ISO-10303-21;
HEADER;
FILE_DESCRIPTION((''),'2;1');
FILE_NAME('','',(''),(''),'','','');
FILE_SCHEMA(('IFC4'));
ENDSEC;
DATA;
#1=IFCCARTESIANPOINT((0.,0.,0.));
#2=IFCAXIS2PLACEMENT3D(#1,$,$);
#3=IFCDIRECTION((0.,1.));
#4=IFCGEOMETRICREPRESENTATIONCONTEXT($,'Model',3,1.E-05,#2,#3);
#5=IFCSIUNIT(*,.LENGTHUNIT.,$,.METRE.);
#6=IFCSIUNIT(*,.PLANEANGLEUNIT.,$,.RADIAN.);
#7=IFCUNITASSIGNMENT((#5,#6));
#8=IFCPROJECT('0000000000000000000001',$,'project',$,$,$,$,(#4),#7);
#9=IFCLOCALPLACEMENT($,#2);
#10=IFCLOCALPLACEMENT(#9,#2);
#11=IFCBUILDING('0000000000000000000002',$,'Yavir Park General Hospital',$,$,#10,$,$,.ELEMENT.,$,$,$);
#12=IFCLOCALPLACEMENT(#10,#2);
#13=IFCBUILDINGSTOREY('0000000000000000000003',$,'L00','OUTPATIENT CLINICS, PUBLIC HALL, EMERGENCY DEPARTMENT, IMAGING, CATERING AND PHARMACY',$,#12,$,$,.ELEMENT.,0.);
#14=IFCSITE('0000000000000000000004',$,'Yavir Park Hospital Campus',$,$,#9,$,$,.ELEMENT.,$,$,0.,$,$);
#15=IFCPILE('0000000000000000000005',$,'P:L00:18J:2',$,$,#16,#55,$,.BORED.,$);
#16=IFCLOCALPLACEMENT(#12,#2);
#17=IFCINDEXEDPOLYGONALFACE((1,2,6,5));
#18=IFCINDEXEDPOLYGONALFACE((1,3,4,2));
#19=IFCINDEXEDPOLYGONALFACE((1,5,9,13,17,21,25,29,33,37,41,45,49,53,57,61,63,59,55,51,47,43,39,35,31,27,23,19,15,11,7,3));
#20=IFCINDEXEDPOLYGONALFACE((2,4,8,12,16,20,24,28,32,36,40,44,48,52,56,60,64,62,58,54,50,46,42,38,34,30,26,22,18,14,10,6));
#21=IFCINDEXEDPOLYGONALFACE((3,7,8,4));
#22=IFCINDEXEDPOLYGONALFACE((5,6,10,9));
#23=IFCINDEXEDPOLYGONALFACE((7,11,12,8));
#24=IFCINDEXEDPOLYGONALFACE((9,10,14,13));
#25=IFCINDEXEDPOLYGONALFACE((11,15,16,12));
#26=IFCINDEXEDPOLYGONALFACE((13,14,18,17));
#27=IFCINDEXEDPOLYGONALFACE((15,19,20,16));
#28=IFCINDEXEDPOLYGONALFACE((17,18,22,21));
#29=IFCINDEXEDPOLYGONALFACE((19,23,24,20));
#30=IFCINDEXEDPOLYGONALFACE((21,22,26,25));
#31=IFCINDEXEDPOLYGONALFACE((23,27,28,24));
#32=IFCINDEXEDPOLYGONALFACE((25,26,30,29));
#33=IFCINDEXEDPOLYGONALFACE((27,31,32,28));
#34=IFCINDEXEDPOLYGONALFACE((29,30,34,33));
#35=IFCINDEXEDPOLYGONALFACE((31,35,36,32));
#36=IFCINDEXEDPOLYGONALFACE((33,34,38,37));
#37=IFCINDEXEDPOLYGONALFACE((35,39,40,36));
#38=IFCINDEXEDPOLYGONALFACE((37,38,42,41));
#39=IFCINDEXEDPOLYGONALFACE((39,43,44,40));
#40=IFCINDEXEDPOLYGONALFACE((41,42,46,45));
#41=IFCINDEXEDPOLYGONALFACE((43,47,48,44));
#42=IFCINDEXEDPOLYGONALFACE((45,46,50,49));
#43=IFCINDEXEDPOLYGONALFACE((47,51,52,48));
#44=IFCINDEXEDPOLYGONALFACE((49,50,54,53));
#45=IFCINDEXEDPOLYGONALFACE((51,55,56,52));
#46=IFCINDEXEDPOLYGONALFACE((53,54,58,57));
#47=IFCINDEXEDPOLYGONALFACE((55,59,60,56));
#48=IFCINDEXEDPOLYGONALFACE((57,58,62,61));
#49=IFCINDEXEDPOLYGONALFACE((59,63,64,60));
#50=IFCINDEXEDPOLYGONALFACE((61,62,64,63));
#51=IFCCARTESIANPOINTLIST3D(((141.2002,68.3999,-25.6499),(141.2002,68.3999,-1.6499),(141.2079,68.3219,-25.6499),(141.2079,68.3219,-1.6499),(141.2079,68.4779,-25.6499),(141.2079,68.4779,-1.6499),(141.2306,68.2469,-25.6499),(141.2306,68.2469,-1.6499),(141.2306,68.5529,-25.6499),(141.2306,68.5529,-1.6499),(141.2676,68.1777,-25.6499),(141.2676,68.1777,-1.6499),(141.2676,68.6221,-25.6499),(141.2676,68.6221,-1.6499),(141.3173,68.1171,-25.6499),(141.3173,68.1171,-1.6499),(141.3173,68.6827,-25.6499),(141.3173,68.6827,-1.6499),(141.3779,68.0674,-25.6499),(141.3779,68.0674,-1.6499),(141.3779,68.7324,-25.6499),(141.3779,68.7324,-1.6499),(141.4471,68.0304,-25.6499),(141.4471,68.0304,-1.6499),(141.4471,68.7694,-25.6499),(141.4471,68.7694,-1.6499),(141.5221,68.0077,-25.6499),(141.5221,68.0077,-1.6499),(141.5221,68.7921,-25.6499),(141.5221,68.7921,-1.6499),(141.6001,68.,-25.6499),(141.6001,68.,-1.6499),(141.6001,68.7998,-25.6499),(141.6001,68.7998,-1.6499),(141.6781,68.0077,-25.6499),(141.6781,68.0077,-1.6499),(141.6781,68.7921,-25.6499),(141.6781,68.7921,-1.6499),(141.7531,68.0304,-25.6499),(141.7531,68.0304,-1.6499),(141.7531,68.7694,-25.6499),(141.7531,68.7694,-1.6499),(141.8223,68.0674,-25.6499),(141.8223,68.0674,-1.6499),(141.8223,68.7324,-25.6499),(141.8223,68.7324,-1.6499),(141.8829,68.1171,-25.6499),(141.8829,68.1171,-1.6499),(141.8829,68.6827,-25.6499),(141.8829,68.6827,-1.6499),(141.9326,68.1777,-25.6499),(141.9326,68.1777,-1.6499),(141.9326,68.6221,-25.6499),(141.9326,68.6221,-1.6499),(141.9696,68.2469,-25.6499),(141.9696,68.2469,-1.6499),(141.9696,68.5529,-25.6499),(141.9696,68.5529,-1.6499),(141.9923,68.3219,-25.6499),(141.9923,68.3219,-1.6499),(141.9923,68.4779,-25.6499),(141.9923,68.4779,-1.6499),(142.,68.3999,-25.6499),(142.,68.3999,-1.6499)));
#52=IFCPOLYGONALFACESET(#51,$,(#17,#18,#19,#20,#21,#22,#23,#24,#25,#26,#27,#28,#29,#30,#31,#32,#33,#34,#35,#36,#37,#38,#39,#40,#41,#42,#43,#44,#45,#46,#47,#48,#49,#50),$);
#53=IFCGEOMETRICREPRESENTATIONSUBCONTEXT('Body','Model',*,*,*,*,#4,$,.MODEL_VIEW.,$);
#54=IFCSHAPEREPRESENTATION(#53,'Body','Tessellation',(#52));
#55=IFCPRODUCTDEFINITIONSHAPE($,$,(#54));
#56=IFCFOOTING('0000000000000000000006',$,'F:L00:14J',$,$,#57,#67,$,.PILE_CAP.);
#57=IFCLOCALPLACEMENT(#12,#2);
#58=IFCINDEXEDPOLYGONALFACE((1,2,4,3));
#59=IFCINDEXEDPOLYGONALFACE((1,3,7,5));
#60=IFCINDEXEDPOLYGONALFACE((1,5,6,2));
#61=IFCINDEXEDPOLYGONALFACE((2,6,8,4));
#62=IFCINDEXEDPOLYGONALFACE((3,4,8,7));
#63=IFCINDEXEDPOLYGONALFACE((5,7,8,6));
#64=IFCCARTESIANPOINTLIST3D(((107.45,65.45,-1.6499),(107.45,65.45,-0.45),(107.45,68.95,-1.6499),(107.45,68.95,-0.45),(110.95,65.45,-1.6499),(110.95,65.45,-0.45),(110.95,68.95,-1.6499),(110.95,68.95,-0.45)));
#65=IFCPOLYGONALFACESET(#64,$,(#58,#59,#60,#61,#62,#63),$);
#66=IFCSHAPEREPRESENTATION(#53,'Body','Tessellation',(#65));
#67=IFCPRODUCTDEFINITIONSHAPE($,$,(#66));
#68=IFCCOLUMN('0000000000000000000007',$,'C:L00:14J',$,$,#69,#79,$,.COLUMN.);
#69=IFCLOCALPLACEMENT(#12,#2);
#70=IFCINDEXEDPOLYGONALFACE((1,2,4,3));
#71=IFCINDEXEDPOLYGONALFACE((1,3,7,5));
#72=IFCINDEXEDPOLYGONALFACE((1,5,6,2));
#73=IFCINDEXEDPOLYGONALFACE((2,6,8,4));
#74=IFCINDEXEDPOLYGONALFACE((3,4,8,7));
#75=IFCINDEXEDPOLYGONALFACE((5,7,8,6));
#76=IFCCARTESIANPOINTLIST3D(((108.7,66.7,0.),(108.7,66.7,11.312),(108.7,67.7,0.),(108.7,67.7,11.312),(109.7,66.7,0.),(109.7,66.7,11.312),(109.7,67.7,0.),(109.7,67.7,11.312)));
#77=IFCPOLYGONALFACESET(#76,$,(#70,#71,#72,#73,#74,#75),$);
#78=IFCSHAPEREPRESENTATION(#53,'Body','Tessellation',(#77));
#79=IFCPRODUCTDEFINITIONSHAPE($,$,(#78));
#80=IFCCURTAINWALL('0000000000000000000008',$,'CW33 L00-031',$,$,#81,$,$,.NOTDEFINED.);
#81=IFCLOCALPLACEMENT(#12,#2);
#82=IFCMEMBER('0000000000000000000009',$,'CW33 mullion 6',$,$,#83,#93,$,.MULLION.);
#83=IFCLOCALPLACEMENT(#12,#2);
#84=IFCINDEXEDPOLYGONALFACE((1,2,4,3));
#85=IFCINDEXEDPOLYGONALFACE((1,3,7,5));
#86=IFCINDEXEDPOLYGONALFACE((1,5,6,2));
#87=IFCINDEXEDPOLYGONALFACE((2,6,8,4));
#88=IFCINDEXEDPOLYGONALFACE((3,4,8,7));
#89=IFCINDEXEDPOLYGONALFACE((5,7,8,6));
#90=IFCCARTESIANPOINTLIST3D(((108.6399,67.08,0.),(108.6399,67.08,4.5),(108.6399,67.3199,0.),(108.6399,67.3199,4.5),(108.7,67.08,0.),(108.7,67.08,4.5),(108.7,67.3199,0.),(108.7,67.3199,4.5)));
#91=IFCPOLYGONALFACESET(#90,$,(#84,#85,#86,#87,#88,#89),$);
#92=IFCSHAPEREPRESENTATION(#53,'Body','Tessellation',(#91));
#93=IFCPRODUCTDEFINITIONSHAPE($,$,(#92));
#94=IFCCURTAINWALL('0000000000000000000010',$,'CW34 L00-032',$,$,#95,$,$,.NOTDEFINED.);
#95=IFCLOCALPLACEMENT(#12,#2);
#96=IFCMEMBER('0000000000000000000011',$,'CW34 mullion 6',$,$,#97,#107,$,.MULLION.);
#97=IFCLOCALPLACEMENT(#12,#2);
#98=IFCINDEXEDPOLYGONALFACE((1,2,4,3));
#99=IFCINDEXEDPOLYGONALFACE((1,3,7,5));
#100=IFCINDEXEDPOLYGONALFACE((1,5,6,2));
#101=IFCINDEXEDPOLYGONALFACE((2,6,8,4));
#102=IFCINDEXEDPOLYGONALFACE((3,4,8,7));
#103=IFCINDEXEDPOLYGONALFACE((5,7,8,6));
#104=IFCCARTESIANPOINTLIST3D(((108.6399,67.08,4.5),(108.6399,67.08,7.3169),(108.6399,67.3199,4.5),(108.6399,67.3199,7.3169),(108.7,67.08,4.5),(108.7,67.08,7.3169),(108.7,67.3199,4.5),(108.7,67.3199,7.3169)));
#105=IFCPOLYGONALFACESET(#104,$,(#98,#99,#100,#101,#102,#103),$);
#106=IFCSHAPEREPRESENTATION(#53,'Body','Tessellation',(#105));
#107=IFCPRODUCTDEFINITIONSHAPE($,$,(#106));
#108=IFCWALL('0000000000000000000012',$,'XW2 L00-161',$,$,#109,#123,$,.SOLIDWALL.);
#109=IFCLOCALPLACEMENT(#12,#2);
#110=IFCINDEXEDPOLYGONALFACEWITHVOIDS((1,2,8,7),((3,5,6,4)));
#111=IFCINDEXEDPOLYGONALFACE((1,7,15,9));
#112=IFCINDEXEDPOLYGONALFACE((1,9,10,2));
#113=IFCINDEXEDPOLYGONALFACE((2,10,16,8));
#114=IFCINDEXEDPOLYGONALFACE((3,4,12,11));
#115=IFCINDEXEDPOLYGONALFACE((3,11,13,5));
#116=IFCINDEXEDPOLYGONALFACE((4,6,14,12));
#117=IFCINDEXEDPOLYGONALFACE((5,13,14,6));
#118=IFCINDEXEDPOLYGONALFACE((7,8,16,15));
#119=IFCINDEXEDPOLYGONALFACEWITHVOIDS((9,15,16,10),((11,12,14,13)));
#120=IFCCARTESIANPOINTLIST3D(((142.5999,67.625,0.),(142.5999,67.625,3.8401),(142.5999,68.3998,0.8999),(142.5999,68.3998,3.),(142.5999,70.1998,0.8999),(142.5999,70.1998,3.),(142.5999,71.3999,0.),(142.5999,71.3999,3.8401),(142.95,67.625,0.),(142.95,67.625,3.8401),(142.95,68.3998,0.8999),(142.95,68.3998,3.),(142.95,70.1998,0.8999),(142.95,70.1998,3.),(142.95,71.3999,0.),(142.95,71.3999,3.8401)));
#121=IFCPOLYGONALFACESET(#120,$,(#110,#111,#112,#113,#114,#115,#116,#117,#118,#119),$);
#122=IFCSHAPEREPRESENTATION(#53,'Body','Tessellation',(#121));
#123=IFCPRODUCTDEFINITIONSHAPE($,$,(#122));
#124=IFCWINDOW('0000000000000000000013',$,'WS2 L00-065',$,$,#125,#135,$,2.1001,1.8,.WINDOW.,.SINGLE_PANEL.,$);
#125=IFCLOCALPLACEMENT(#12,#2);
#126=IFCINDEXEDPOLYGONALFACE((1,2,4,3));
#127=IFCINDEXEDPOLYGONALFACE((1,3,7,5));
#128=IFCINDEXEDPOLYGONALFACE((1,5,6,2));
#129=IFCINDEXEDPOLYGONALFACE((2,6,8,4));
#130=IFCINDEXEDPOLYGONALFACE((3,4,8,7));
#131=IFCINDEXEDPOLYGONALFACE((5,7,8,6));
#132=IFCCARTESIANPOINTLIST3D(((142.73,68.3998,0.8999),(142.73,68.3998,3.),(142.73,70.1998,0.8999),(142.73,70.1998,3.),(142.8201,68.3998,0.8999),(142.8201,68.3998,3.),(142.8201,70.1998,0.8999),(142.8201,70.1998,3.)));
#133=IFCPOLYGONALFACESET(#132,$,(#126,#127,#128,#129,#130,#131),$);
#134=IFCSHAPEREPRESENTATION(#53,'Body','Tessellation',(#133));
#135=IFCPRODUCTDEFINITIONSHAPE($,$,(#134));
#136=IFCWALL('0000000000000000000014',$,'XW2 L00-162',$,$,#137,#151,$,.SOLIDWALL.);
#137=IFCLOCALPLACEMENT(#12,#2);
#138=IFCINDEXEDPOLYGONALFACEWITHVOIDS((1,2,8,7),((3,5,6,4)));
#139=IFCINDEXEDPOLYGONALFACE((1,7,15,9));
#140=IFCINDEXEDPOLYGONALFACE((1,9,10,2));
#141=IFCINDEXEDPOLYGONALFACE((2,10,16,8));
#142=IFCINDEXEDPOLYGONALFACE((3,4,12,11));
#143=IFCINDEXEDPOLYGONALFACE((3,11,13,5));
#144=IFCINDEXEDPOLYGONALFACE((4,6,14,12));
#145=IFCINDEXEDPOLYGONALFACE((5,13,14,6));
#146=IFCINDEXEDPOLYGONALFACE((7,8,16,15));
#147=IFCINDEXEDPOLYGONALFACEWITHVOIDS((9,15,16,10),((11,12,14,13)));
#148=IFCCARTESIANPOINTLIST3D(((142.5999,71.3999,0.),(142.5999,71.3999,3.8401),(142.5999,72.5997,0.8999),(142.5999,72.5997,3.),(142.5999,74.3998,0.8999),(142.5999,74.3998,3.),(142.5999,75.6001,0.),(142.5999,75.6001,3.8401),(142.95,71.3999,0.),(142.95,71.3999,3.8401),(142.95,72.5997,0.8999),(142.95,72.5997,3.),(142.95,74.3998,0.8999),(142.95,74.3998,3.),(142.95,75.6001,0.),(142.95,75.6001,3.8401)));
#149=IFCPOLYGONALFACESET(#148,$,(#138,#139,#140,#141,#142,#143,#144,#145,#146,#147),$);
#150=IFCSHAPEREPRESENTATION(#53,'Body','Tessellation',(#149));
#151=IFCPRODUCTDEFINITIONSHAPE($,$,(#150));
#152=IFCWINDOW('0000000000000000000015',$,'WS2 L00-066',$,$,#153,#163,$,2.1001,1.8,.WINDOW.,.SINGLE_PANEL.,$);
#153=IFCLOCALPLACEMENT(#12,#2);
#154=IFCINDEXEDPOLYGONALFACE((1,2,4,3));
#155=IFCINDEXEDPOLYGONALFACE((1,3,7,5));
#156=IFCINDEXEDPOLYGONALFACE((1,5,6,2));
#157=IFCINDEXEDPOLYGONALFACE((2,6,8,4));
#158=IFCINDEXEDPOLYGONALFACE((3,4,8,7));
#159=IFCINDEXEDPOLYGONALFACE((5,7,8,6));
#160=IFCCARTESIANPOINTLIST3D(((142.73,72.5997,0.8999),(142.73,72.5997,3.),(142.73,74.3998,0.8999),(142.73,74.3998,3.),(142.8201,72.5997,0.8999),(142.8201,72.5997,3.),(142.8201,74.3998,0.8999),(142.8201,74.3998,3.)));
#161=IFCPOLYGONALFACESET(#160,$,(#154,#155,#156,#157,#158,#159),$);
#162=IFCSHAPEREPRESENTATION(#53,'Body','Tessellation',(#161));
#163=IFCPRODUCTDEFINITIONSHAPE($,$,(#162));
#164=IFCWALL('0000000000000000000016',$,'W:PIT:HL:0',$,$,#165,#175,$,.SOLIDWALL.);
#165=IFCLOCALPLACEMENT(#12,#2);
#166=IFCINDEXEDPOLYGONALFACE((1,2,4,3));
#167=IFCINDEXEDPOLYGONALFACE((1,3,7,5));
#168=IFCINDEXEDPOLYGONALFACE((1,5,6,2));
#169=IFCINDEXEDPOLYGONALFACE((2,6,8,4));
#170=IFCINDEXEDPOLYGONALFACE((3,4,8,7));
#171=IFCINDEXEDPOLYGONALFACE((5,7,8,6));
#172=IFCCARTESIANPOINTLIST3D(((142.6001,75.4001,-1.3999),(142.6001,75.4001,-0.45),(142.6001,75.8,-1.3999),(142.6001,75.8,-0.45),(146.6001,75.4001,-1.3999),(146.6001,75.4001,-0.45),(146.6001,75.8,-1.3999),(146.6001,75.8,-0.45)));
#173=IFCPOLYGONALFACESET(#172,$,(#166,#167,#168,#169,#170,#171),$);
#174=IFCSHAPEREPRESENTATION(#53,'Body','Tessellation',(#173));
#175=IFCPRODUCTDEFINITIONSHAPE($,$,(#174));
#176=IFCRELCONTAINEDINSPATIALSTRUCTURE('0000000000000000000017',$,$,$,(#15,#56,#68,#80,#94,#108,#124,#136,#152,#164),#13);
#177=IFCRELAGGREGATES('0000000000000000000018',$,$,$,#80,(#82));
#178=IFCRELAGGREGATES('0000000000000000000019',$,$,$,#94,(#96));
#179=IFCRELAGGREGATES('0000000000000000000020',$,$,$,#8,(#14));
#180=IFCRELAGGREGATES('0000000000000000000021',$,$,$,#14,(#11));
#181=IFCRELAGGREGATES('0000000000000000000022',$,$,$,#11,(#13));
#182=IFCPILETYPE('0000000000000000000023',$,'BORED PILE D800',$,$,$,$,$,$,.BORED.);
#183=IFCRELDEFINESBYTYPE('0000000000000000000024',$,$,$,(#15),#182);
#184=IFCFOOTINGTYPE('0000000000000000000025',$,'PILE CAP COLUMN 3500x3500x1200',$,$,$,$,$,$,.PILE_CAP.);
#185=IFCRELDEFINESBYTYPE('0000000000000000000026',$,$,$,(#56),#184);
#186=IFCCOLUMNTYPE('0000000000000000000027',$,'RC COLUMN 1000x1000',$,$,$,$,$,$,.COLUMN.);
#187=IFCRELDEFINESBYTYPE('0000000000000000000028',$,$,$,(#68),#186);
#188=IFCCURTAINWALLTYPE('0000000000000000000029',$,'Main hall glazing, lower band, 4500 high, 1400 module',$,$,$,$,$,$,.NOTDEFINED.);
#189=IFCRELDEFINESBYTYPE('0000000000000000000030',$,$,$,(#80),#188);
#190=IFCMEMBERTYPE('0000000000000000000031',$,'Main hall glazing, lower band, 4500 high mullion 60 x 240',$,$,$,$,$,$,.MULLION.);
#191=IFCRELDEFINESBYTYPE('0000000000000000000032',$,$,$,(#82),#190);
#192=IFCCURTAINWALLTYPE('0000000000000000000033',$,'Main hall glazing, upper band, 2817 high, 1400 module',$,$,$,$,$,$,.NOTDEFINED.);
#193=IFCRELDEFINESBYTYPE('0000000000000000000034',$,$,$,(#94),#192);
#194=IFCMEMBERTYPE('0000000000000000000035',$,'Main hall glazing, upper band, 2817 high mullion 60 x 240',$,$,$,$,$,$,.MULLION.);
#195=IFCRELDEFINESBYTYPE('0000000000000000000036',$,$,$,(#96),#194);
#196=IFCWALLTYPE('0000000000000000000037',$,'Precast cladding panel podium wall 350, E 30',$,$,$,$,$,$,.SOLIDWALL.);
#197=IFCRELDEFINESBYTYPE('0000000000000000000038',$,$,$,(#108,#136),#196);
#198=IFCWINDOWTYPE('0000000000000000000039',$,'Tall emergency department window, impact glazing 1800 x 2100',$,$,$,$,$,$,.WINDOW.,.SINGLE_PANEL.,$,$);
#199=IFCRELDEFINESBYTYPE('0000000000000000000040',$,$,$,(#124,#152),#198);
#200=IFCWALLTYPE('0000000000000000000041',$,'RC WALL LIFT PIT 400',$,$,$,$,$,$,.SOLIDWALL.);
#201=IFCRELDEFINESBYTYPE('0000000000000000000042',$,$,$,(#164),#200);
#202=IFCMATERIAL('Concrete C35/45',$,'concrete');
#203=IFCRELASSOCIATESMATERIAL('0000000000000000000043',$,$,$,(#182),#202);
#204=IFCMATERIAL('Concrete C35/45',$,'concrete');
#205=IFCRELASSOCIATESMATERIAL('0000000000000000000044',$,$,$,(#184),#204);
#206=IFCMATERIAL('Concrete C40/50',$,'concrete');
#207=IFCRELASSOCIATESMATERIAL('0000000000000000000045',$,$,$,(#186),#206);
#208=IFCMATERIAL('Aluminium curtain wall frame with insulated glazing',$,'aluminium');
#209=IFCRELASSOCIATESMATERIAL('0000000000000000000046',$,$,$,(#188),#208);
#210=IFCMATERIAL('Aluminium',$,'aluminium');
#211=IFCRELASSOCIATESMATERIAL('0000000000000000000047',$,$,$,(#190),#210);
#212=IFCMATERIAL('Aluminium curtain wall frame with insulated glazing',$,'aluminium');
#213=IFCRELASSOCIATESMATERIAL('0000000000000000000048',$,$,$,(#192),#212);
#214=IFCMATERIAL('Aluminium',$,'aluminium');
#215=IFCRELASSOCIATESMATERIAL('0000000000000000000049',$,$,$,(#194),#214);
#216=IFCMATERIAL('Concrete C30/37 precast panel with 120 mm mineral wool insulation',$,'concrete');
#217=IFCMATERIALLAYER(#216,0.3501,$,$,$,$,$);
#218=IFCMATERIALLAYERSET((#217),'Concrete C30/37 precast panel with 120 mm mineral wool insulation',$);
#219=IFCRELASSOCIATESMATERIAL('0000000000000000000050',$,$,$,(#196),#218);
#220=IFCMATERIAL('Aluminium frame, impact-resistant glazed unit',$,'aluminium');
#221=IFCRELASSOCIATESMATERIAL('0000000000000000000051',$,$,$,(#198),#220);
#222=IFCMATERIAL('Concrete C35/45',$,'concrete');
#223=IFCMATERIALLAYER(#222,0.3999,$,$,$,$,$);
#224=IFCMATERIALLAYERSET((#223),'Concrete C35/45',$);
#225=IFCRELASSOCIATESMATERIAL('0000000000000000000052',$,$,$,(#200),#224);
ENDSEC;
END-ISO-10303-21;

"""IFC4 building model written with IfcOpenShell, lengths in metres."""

from ifc_helpers import new_model, si_unit, direction, frame, frame_2d, origin, origin_2d, place, context, subcontext, project, spatial, rectangle, circle, extrude, material, layer, layer_set, material_profile, profile_set, type_object, element, fill, aggregate, save


model = new_model("IFC4")

# Units and contexts
model_context = context("Model", 3, precision=1e-05, world=origin(), true_north=direction((0.0, 1.0)))
body_context = subcontext(model_context, "Body", "Model", "MODEL_VIEW")
ifc_project = project(units=[si_unit("LENGTHUNIT", "METRE"), si_unit("PLANEANGLEUNIT", "RADIAN")], contexts=[model_context])

# Site, building, storey
site_placement = place(None, origin())
site = spatial("IfcSite", under=ifc_project, at=site_placement, Name="Yavir Park Hospital Campus", CompositionType="ELEMENT", RefElevation=0.0)
building_placement = place(site_placement, origin())
building = spatial("IfcBuilding", under=site, at=building_placement, Name="Yavir Park General Hospital", CompositionType="ELEMENT")
storey_placement = place(building_placement, origin())
storey = spatial("IfcBuildingStorey", under=building, at=storey_placement, Name="L00", Description="OUTPATIENT CLINICS, PUBLIC HALL, EMERGENCY DEPARTMENT, IMAGING, CATERING AND PHARMACY", CompositionType="ELEMENT", Elevation=0.0)

# Pile
ifc_material_1 = material(Name="Concrete C35/45", Category="concrete")
ifc_material_profile_1 = material_profile(ifc_material_1, circle(Radius=0.3999, at=origin_2d()), Name="D800")
ifc_profile_set_1 = profile_set([ifc_material_profile_1], Name="Concrete C35/45")
pile_type = type_object("IfcPileType", Name="BORED PILE D800", PredefinedType="BORED", material=ifc_profile_set_1)
for number, where, z_axis, x_axis, name in (
    (1, (141.6001, 68.3999, -1.6499), (0.0, 0.0, -1.0), (1.0, 0.0, 0.0), "P:L00:18J:2"),
):
    element("IfcPile", number, at=place(storey_placement, frame(where, z_axis=z_axis, x_axis=x_axis)), inside=storey, type_object=pile_type, Name=name, PredefinedType="BORED", context=body_context, shape_type="SweptSolid", body=[
        extrude(circle(Radius=0.3999, at=origin_2d()), origin(), (0.0, 0.0, 1.0), 24.0),
    ])

# Footing
ifc_material_2 = material(Name="Concrete C35/45", Category="concrete")
footing_type = type_object("IfcFootingType", Name="PILE CAP COLUMN 3500x3500x1200", PredefinedType="PILE_CAP", material=ifc_material_2)
footing_placement = place(storey_placement, frame((109.2, 67.2, -1.6499), z_axis=(0.0, 0.0, 1.0), x_axis=(1.0, 0.0, 0.0)))
element("IfcFooting", 2, at=footing_placement, inside=storey, type_object=footing_type, Name="F:L00:14J", PredefinedType="PILE_CAP", context=body_context, shape_type="SweptSolid", body=[
    extrude(rectangle(XDim=3.5, YDim=3.5, at=origin_2d()), origin(), (0.0, 0.0, 1.0), 1.2),
])

# Column
ifc_material_3 = material(Name="Concrete C40/50", Category="concrete")
ifc_material_profile_2 = material_profile(ifc_material_3, rectangle(XDim=1.0, YDim=1.0, at=origin_2d()), Name="RC1000x1000")
ifc_profile_set_2 = profile_set([ifc_material_profile_2], Name="Concrete C40/50")
column_type = type_object("IfcColumnType", Name="RC COLUMN 1000x1000", PredefinedType="COLUMN", material=ifc_profile_set_2)
column_placement = place(storey_placement, frame((109.2, 67.2, 0.0), z_axis=(0.0, 0.0, 1.0), x_axis=(1.0, 0.0, 0.0)))
element("IfcColumn", 3, at=column_placement, inside=storey, type_object=column_type, Name="C:L00:14J", PredefinedType="COLUMN", context=body_context, shape_type="SweptSolid", body=[
    extrude(rectangle(XDim=1.0, YDim=1.0, at=origin_2d()), origin(), (0.0, 0.0, 1.0), 11.312),
])

# Curtain walls, members
ifc_material_4 = material(Name="Aluminium curtain wall frame with insulated glazing", Category="aluminium")
curtain_wall_type_1 = type_object("IfcCurtainWallType", Name="Main hall glazing, lower band, 4500 high, 1400 module", PredefinedType="NOTDEFINED", material=ifc_material_4)
curtain_wall_1_placement = place(storey_placement, origin())
curtain_wall_1 = element("IfcCurtainWall", 4, at=curtain_wall_1_placement, inside=storey, type_object=curtain_wall_type_1, Name="CW33 L00-031", PredefinedType="NOTDEFINED")
ifc_material_5 = material(Name="Aluminium", Category="aluminium")
ifc_material_profile_3 = material_profile(ifc_material_5, rectangle(XDim=0.24, YDim=0.0601, at=origin_2d()), Name="AL 60x240")
ifc_profile_set_3 = profile_set([ifc_material_profile_3], Name="Aluminium")
member_type_1 = type_object("IfcMemberType", Name="Main hall glazing, lower band, 4500 high mullion 60 x 240", PredefinedType="MULLION", material=ifc_profile_set_3)
member_1_placement = place(storey_placement, frame((108.6699, 67.2, 0.0), z_axis=(0.0, 0.0, 1.0), x_axis=(0.0, 1.0, 0.0)))
member_1 = element("IfcMember", 5, at=member_1_placement, type_object=member_type_1, Name="CW33 mullion 6", PredefinedType="MULLION", context=body_context, shape_type="SweptSolid", body=[
    extrude(rectangle(XDim=0.24, YDim=0.0601, at=origin_2d()), origin(), (0.0, 0.0, 1.0), 4.5),
])
aggregate(curtain_wall_1, [member_1])
ifc_material_6 = material(Name="Aluminium curtain wall frame with insulated glazing", Category="aluminium")
curtain_wall_type_2 = type_object("IfcCurtainWallType", Name="Main hall glazing, upper band, 2817 high, 1400 module", PredefinedType="NOTDEFINED", material=ifc_material_6)
curtain_wall_2_placement = place(storey_placement, origin())
curtain_wall_2 = element("IfcCurtainWall", 6, at=curtain_wall_2_placement, inside=storey, type_object=curtain_wall_type_2, Name="CW34 L00-032", PredefinedType="NOTDEFINED")
ifc_material_7 = material(Name="Aluminium", Category="aluminium")
ifc_material_profile_4 = material_profile(ifc_material_7, rectangle(XDim=0.24, YDim=0.0601, at=origin_2d()), Name="AL 60x240")
ifc_profile_set_4 = profile_set([ifc_material_profile_4], Name="Aluminium")
member_type_2 = type_object("IfcMemberType", Name="Main hall glazing, upper band, 2817 high mullion 60 x 240", PredefinedType="MULLION", material=ifc_profile_set_4)
member_2_placement = place(storey_placement, frame((108.6699, 67.2, 4.5), z_axis=(0.0, 0.0, 1.0), x_axis=(0.0, 1.0, 0.0)))
member_2 = element("IfcMember", 7, at=member_2_placement, type_object=member_type_2, Name="CW34 mullion 6", PredefinedType="MULLION", context=body_context, shape_type="SweptSolid", body=[
    extrude(rectangle(XDim=0.24, YDim=0.0601, at=origin_2d()), origin(), (0.0, 0.0, 1.0), 2.8169),
])
aggregate(curtain_wall_2, [member_2])

# Walls, openings, windows
ifc_material_8 = material(Name="Concrete C30/37 precast panel with 120 mm mineral wool insulation", Category="concrete")
ifc_layer_1 = layer(ifc_material_8, 0.3501)
ifc_layer_set_1 = layer_set([ifc_layer_1], Name="Concrete C30/37 precast panel with 120 mm mineral wool insulation")
wall_type_1 = type_object("IfcWallType", Name="Precast cladding panel podium wall 350, E 30", PredefinedType="SOLIDWALL", material=ifc_layer_set_1)
wall_1_placement = place(storey_placement, frame((142.7749, 67.625, 0.0), z_axis=(0.0, 0.0, 1.0), x_axis=(0.0, 1.0, 0.0)))
wall_1 = element("IfcWall", 8, at=wall_1_placement, inside=storey, type_object=wall_type_1, Name="XW2 L00-161", PredefinedType="SOLIDWALL", context=body_context, shape_type="SweptSolid", body=[
    extrude(rectangle(XDim=3.7749, YDim=0.3501, at=frame_2d((1.8875, 0.0))), origin(), (0.0, 0.0, 1.0), 3.8401),
])
opening_1_placement = place(wall_1_placement, frame((0.7749, 0.0, 0.8999)))
opening_1 = element("IfcOpeningElement", 9, at=opening_1_placement, cuts=wall_1, PredefinedType="OPENING", context=body_context, shape_type="SweptSolid", body=[
    extrude(rectangle(XDim=1.8, YDim=2.1001, at=frame_2d((0.8999, 1.05))), frame((0.0, 0.1851, 0.0), z_axis=(0.0, -1.0, 0.0), x_axis=(1.0, 0.0, 0.0)), (0.0, 0.0, 1.0), 0.3701),
])
ifc_material_9 = material(Name="Aluminium frame, impact-resistant glazed unit", Category="aluminium")
window_type = type_object("IfcWindowType", Name="Tall emergency department window, impact glazing 1800 x 2100", PartitioningType="SINGLE_PANEL", PredefinedType="WINDOW", material=ifc_material_9)
window_1_placement = place(opening_1_placement, origin())
window_1 = element("IfcWindow", 10, at=window_1_placement, inside=storey, type_object=window_type, Name="WS2 L00-065", OverallHeight=2.1001, OverallWidth=1.8, PartitioningType="SINGLE_PANEL", PredefinedType="WINDOW", context=body_context, shape_type="SweptSolid", body=[
    extrude(rectangle(XDim=1.8, YDim=2.1001, at=frame_2d((0.8999, 1.05))), frame((0.0, 0.0449, 0.0), z_axis=(0.0, -1.0, 0.0), x_axis=(1.0, 0.0, 0.0)), (0.0, 0.0, 1.0), 0.0901),
])
fill(opening_1, window_1)
wall_2_placement = place(storey_placement, frame((142.7749, 71.3999, 0.0), z_axis=(0.0, 0.0, 1.0), x_axis=(0.0, 1.0, 0.0)))
wall_2 = element("IfcWall", 11, at=wall_2_placement, inside=storey, type_object=wall_type_1, Name="XW2 L00-162", PredefinedType="SOLIDWALL", context=body_context, shape_type="SweptSolid", body=[
    extrude(rectangle(XDim=4.2002, YDim=0.3501, at=frame_2d((2.1001, 0.0))), origin(), (0.0, 0.0, 1.0), 3.8401),
])
opening_2_placement = place(wall_2_placement, frame((1.2, 0.0, 0.8999)))
opening_2 = element("IfcOpeningElement", 12, at=opening_2_placement, cuts=wall_2, PredefinedType="OPENING", context=body_context, shape_type="SweptSolid", body=[
    extrude(rectangle(XDim=1.8, YDim=2.1001, at=frame_2d((0.8999, 1.05))), frame((0.0, 0.1851, 0.0), z_axis=(0.0, -1.0, 0.0), x_axis=(1.0, 0.0, 0.0)), (0.0, 0.0, 1.0), 0.3701),
])
window_2_placement = place(opening_2_placement, origin())
window_2 = element("IfcWindow", 13, at=window_2_placement, inside=storey, type_object=window_type, Name="WS2 L00-066", OverallHeight=2.1001, OverallWidth=1.8, PartitioningType="SINGLE_PANEL", PredefinedType="WINDOW", context=body_context, shape_type="SweptSolid", body=[
    extrude(rectangle(XDim=1.8, YDim=2.1001, at=frame_2d((0.8999, 1.05))), frame((0.0, 0.0449, 0.0), z_axis=(0.0, -1.0, 0.0), x_axis=(1.0, 0.0, 0.0)), (0.0, 0.0, 1.0), 0.0901),
])
fill(opening_2, window_2)

# Wall
ifc_material_10 = material(Name="Concrete C35/45", Category="concrete")
ifc_layer_2 = layer(ifc_material_10, 0.3999)
ifc_layer_set_2 = layer_set([ifc_layer_2], Name="Concrete C35/45")
wall_type_2 = type_object("IfcWallType", Name="RC WALL LIFT PIT 400", PredefinedType="SOLIDWALL", material=ifc_layer_set_2)
wall_3_placement = place(storey_placement, frame((142.6001, 75.6001, -1.3999), z_axis=(0.0, 0.0, 1.0), x_axis=(1.0, 0.0, 0.0)))
element("IfcWall", 14, at=wall_3_placement, inside=storey, type_object=wall_type_2, Name="W:PIT:HL:0", PredefinedType="SOLIDWALL", context=body_context, shape_type="SweptSolid", body=[
    extrude(rectangle(XDim=4.0, YDim=0.3999, at=frame_2d((2.0, 0.0))), origin(), (0.0, 0.0, 1.0), 0.95),
])

save(model, "model.ifc")
